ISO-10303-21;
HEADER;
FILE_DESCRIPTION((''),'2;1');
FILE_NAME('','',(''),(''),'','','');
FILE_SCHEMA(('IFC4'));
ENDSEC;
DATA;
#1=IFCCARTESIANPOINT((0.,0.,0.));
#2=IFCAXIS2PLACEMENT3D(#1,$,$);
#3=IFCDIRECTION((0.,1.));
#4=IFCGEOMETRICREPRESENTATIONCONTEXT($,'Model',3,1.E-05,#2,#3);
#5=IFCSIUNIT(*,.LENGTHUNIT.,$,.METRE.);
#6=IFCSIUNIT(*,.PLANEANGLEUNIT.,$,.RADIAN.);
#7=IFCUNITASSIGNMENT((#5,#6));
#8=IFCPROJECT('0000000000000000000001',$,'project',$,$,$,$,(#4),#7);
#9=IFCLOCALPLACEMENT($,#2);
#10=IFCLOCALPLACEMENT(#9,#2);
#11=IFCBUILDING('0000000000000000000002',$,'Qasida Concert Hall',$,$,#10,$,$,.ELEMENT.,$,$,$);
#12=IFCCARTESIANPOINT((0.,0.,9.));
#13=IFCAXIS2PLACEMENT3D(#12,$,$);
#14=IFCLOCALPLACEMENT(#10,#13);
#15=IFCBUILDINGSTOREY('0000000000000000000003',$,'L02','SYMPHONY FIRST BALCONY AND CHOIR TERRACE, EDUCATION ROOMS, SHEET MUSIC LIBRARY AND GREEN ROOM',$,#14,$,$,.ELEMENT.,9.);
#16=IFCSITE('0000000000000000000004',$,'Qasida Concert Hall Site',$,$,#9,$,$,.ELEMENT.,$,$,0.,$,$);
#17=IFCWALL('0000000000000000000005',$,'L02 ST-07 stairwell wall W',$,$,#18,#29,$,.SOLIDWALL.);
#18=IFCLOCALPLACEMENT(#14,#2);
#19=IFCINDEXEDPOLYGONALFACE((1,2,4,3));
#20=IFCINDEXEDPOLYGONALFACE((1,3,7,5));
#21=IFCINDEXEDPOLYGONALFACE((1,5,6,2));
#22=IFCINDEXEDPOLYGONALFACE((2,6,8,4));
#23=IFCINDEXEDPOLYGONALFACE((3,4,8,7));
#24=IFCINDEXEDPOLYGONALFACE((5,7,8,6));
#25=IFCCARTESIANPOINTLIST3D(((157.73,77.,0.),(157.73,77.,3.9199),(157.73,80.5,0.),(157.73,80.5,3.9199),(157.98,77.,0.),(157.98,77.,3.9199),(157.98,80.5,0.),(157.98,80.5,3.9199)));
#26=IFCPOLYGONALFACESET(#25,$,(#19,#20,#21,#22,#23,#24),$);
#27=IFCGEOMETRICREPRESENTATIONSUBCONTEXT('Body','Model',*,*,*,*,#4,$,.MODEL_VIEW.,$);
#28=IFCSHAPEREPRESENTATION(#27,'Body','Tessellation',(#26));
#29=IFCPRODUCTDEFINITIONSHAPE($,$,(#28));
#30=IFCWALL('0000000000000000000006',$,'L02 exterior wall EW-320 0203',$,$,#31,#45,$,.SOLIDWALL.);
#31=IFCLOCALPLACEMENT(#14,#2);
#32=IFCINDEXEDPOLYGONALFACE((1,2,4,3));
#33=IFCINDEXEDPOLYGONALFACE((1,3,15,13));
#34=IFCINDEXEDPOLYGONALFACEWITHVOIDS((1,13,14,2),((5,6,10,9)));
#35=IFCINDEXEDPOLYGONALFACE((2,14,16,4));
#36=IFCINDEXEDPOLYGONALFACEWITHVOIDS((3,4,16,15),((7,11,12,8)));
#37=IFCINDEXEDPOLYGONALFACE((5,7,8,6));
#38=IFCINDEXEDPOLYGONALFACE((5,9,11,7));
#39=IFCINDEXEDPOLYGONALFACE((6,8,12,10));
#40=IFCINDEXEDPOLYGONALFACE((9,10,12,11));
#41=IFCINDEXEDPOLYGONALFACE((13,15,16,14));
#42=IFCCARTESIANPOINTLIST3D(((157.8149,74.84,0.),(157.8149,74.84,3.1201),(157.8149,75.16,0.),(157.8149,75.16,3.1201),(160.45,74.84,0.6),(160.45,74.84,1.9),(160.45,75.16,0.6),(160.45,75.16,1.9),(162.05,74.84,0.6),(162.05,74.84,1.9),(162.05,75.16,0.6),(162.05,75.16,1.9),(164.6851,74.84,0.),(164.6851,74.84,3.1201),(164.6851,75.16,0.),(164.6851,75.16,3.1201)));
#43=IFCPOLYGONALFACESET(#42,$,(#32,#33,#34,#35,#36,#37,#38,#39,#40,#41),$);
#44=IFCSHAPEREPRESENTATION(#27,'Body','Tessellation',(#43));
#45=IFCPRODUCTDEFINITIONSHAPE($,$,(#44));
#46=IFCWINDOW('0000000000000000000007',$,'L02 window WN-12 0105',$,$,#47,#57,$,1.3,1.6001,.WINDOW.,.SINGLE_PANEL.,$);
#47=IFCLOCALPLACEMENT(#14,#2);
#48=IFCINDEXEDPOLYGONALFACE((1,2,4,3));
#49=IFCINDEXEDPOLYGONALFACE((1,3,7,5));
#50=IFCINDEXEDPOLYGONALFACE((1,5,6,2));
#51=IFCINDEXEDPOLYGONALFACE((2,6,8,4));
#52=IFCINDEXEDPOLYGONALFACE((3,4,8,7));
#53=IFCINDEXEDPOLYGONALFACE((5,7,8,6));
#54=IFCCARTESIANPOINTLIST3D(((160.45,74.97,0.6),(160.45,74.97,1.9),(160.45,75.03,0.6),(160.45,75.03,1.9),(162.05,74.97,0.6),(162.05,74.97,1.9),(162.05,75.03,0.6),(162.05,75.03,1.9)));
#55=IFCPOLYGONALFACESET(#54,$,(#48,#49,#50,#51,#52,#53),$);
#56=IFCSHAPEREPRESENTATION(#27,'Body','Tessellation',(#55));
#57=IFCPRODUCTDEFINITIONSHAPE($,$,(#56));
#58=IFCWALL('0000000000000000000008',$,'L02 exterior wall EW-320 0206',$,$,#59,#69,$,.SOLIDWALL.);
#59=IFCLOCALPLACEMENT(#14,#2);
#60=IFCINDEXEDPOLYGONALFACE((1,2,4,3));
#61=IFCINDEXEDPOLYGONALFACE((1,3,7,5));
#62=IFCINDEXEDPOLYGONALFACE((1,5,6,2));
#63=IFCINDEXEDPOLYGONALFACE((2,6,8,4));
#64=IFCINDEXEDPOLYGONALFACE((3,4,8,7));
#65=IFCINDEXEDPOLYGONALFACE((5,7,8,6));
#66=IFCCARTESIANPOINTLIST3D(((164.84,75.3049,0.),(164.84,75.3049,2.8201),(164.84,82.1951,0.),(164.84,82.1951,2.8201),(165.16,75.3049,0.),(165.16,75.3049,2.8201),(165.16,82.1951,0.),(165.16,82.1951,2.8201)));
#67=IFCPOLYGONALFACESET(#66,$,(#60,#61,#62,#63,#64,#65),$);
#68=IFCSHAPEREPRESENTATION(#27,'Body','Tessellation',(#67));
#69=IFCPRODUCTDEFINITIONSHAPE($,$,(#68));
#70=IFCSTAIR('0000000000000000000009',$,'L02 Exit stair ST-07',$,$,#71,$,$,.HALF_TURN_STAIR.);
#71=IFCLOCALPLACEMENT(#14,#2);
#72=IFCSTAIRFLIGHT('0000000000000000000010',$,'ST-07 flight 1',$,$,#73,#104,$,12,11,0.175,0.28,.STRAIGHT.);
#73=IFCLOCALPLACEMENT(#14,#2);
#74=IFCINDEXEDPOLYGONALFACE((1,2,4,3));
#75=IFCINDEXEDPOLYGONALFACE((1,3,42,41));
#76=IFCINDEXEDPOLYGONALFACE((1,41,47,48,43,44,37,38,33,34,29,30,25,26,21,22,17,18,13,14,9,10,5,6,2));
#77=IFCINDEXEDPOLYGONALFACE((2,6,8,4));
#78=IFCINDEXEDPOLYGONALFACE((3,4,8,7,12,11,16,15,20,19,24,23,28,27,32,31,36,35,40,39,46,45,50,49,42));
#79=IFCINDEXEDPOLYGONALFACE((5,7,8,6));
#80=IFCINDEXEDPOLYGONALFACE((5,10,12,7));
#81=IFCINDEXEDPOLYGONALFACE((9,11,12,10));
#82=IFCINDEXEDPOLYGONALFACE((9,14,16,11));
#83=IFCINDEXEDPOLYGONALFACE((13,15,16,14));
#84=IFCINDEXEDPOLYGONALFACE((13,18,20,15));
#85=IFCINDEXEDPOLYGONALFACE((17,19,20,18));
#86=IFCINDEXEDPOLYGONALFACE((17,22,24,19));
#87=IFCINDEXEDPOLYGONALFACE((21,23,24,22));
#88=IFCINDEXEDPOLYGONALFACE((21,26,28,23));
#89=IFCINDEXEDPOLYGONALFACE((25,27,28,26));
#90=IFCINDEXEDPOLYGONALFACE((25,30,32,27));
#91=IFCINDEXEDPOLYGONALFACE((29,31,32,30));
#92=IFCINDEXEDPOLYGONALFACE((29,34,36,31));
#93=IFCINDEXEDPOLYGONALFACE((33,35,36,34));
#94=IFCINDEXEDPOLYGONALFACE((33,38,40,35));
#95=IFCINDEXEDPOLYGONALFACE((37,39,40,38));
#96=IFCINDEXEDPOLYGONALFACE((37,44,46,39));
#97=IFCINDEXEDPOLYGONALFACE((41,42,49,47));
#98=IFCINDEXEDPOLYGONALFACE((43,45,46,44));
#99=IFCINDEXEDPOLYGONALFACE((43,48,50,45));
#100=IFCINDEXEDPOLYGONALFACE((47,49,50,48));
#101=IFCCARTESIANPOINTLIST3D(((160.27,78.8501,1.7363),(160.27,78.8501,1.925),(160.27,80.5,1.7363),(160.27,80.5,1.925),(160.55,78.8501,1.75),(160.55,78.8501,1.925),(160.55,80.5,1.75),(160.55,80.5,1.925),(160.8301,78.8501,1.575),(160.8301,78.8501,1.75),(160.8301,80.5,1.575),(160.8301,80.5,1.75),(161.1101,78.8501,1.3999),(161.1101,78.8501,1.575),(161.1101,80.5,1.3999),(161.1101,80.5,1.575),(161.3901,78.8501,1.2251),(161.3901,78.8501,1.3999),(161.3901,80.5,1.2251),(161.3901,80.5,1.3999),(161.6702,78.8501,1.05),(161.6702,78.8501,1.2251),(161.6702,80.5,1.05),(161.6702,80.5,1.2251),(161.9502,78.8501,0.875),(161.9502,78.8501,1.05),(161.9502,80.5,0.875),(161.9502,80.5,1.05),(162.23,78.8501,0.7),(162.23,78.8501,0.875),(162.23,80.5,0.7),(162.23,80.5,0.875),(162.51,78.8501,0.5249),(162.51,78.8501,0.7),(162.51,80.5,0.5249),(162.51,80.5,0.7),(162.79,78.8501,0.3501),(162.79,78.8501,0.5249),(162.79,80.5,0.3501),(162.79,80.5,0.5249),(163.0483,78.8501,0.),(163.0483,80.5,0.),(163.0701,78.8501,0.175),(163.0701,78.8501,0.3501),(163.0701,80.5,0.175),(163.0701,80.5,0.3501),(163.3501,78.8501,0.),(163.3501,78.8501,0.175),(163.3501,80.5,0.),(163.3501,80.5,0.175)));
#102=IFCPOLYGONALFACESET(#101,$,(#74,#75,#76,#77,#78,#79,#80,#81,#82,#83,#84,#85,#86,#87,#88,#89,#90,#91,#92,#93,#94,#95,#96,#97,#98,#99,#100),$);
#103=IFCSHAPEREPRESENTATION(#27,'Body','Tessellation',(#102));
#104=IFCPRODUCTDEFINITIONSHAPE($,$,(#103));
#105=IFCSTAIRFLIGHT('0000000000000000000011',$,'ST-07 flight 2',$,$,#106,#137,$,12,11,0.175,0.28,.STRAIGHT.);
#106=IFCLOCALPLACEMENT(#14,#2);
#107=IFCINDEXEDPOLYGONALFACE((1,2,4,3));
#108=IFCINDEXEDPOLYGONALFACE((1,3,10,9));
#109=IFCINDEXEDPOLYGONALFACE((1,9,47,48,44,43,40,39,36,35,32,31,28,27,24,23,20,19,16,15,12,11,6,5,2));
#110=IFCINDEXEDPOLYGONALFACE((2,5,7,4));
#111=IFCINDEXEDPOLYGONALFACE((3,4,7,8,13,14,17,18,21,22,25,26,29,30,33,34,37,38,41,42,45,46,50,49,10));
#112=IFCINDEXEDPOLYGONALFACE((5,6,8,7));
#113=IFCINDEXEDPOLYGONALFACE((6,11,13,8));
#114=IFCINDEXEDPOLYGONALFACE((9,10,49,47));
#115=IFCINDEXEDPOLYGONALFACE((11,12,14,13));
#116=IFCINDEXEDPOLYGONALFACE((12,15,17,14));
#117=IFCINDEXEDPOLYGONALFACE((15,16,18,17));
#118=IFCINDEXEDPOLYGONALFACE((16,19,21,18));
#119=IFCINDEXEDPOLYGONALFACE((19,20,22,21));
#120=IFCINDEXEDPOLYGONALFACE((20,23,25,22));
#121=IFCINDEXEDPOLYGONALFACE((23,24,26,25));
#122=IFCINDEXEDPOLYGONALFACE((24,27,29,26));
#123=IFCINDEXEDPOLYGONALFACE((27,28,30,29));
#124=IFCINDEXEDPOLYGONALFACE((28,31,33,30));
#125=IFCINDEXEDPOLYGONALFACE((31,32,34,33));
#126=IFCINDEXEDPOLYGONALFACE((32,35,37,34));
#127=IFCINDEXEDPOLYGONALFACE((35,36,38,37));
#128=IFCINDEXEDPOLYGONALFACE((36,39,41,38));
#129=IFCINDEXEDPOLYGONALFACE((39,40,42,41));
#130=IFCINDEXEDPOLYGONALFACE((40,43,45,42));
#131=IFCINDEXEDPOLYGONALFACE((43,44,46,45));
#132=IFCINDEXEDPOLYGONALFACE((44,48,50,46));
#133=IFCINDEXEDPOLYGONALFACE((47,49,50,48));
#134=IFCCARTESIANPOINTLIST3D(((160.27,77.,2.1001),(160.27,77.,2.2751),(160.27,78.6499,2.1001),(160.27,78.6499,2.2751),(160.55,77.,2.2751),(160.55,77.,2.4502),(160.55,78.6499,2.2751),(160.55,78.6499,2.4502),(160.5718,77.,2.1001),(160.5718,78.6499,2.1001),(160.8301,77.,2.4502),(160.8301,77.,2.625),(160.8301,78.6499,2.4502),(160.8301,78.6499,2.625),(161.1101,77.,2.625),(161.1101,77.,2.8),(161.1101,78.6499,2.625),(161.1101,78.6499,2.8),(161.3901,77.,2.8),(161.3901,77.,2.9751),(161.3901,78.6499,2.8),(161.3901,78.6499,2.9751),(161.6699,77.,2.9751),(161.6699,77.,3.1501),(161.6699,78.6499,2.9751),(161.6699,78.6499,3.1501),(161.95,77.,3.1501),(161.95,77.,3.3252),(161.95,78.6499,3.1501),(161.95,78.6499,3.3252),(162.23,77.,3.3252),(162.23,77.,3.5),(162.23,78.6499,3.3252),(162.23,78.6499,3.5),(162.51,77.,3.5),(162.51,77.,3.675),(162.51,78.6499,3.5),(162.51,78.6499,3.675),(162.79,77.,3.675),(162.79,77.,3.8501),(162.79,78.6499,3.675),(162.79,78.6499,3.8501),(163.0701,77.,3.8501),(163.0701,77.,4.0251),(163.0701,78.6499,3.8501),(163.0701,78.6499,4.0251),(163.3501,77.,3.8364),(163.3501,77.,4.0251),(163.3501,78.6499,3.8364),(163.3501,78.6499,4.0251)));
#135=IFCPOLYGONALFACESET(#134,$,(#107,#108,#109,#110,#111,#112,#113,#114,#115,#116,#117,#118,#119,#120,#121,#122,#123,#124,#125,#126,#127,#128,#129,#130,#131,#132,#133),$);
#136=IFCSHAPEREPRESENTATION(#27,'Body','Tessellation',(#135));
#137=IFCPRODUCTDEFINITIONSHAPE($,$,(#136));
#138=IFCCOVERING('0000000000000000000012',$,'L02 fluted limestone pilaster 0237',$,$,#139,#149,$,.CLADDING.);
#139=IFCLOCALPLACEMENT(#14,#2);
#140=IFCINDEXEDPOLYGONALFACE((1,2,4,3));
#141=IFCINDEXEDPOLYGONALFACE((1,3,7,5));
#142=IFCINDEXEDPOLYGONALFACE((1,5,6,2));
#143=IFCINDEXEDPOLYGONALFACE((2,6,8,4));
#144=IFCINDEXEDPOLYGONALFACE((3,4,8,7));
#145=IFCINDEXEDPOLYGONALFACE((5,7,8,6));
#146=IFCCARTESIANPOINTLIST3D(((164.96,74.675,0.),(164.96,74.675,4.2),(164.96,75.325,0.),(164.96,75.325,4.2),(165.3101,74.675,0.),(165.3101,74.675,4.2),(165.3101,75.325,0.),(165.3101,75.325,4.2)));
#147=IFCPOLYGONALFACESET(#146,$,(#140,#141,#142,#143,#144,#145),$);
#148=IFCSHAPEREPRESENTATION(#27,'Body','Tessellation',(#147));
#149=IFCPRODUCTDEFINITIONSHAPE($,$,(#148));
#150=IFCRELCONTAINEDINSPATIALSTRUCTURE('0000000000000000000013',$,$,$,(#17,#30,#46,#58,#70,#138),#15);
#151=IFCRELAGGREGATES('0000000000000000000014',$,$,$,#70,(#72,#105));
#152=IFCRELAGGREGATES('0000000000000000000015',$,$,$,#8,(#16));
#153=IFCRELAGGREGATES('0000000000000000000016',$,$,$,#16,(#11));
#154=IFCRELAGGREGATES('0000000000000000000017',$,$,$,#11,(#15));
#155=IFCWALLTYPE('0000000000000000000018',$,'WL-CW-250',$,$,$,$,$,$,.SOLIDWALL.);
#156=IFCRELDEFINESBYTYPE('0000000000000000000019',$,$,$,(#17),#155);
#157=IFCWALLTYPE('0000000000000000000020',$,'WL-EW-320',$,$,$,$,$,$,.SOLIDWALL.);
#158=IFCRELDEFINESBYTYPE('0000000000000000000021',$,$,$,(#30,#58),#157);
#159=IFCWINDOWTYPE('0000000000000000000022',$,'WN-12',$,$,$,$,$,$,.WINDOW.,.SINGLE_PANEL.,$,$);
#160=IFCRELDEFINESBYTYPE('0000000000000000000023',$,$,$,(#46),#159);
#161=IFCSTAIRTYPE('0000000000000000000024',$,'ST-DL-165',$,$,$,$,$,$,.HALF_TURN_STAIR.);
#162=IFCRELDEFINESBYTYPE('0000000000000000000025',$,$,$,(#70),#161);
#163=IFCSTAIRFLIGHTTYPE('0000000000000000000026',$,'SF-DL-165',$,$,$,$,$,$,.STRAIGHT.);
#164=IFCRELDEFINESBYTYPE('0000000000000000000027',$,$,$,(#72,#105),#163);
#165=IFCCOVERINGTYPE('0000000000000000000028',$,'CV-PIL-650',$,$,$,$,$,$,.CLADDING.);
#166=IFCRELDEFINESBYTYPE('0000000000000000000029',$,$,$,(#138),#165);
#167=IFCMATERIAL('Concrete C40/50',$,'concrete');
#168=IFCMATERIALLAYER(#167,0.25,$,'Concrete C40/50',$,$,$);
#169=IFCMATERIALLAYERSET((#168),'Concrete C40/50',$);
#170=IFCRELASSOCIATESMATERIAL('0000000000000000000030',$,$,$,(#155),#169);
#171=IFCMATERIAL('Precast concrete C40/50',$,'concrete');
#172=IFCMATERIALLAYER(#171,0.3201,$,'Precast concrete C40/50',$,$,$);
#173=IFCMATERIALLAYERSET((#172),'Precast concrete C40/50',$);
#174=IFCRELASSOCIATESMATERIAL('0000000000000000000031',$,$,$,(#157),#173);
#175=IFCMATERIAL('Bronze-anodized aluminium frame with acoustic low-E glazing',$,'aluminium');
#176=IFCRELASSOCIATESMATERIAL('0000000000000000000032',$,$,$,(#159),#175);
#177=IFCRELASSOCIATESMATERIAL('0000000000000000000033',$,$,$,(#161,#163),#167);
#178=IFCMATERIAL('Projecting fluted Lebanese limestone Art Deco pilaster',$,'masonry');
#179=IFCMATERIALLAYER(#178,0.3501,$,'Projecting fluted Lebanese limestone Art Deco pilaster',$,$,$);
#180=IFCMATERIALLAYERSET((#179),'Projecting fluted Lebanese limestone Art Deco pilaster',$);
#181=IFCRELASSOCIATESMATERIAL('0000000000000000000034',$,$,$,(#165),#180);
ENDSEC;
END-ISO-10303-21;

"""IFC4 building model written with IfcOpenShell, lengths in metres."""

from ifc_helpers import new_model, si_unit, direction, frame, frame_2d, origin, origin_2d, place, context, subcontext, project, spatial, polyline, rectangle, outline, extrude, material, layer, layer_set, type_object, element, fill, aggregate, save


model = new_model("IFC4")

# Units and contexts
model_context = context("Model", 3, precision=1e-05, world=origin(), true_north=direction((0.0, 1.0)))
body_context = subcontext(model_context, "Body", "Model", "MODEL_VIEW")
ifc_project = project(units=[si_unit("LENGTHUNIT", "METRE"), si_unit("PLANEANGLEUNIT", "RADIAN")], contexts=[model_context])

# Site, building, storey
site_placement = place(None, origin())
site = spatial("IfcSite", under=ifc_project, at=site_placement, Name="Qasida Concert Hall Site", CompositionType="ELEMENT", RefElevation=0.0)
building_placement = place(site_placement, origin())
building = spatial("IfcBuilding", under=site, at=building_placement, Name="Qasida Concert Hall", CompositionType="ELEMENT")
storey_placement = place(building_placement, frame((0.0, 0.0, 9.0)))
storey = spatial("IfcBuildingStorey", under=building, at=storey_placement, Name="L02", Description="SYMPHONY FIRST BALCONY AND CHOIR TERRACE, EDUCATION ROOMS, SHEET MUSIC LIBRARY AND GREEN ROOM", CompositionType="ELEMENT", Elevation=9.0)

# Shared definitions
ifc_material_1 = material(Name="Concrete C40/50", Category="concrete")

# Wall
ifc_layer_1 = layer(ifc_material_1, 0.25, Name="Concrete C40/50")
ifc_layer_set_1 = layer_set([ifc_layer_1], Name="Concrete C40/50")
wall_type_1 = type_object("IfcWallType", Name="WL-CW-250", PredefinedType="SOLIDWALL", material=ifc_layer_set_1)
wall_1_placement = place(storey_placement, frame((157.855, 77.0, 0.0), z_axis=(0.0, 0.0, 1.0), x_axis=(0.0, 1.0, 0.0)))
element("IfcWall", 1, at=wall_1_placement, inside=storey, type_object=wall_type_1, Name="L02 ST-07 stairwell wall W", PredefinedType="SOLIDWALL", context=body_context, shape_type="SweptSolid", body=[
    extrude(rectangle(XDim=3.5, YDim=0.25, at=frame_2d((1.75, 0.0))), origin(), (0.0, 0.0, 1.0), 3.9199),
])

# Wall, opening, window
ifc_material_2 = material(Name="Precast concrete C40/50", Category="concrete")
ifc_layer_2 = layer(ifc_material_2, 0.3201, Name="Precast concrete C40/50")
ifc_layer_set_2 = layer_set([ifc_layer_2], Name="Precast concrete C40/50")
wall_type_2 = type_object("IfcWallType", Name="WL-EW-320", PredefinedType="SOLIDWALL", material=ifc_layer_set_2)
wall_2_placement = place(storey_placement, frame((157.8149, 75.0, 0.0), z_axis=(0.0, 0.0, 1.0), x_axis=(1.0, 0.0, 0.0)))
wall_2 = element("IfcWall", 2, at=wall_2_placement, inside=storey, type_object=wall_type_2, Name="L02 exterior wall EW-320 0203", PredefinedType="SOLIDWALL", context=body_context, shape_type="SweptSolid", body=[
    extrude(rectangle(XDim=6.8701, YDim=0.3201, at=frame_2d((3.4351, 0.0))), origin(), (0.0, 0.0, 1.0), 3.1201),
])
opening_placement = place(wall_2_placement, frame((2.635, 0.0, 0.6001)))
opening = element("IfcOpeningElement", 3, at=opening_placement, cuts=wall_2, PredefinedType="OPENING", context=body_context, shape_type="SweptSolid", body=[
    extrude(rectangle(XDim=1.6001, YDim=1.3, at=frame_2d((0.8, 0.6499))), frame((0.0, 0.1699, 0.0), z_axis=(0.0, -1.0, 0.0), x_axis=(1.0, 0.0, 0.0)), (0.0, 0.0, 1.0), 0.3401),
])
ifc_material_3 = material(Name="Bronze-anodized aluminium frame with acoustic low-E glazing", Category="aluminium")
window_type = type_object("IfcWindowType", Name="WN-12", PartitioningType="SINGLE_PANEL", PredefinedType="WINDOW", material=ifc_material_3)
window_placement = place(opening_placement, origin())
window = element("IfcWindow", 4, at=window_placement, inside=storey, type_object=window_type, Name="L02 window WN-12 0105", OverallHeight=1.3, OverallWidth=1.6001, PartitioningType="SINGLE_PANEL", PredefinedType="WINDOW", context=body_context, shape_type="SweptSolid", body=[
    extrude(rectangle(XDim=1.6001, YDim=1.3, at=frame_2d((0.8, 0.6499))), frame((0.0, 0.03, 0.0), z_axis=(0.0, -1.0, 0.0), x_axis=(1.0, 0.0, 0.0)), (0.0, 0.0, 1.0), 0.0601),
])
fill(opening, window)

# Wall
wall_3_placement = place(storey_placement, frame((165.0, 75.3049, 0.0), z_axis=(0.0, 0.0, 1.0), x_axis=(0.0, 1.0, 0.0)))
element("IfcWall", 5, at=wall_3_placement, inside=storey, type_object=wall_type_2, Name="L02 exterior wall EW-320 0206", PredefinedType="SOLIDWALL", context=body_context, shape_type="SweptSolid", body=[
    extrude(rectangle(XDim=6.8901, YDim=0.3201, at=frame_2d((3.4451, 0.0))), origin(), (0.0, 0.0, 1.0), 2.8201),
])

# Stair, stair flights
stair_type = type_object("IfcStairType", Name="ST-DL-165", PredefinedType="HALF_TURN_STAIR", material=ifc_material_1)
stair_placement = place(storey_placement, origin())
stair = element("IfcStair", 6, at=stair_placement, inside=storey, type_object=stair_type, Name="L02 Exit stair ST-07", PredefinedType="HALF_TURN_STAIR")
stair_flight_type = type_object("IfcStairFlightType", Name="SF-DL-165", PredefinedType="STRAIGHT", material=ifc_material_1)
stair_flight_1_placement = place(storey_placement, frame((163.3501, 79.675, 0.0), z_axis=(0.0, 0.0, 1.0), x_axis=(-1.0, 0.0, 0.0)))
stair_flight_1 = element("IfcStairFlight", 7, at=stair_flight_1_placement, type_object=stair_flight_type, Name="ST-07 flight 1", NumberOfRisers=12, NumberOfTreads=11, PredefinedType="STRAIGHT", RiserHeight=0.175, TreadLength=0.28, context=body_context, shape_type="SweptSolid", body=[
    extrude(outline(polyline([(0.0, 0.0), (0.0, 0.175), (0.28, 0.175), (0.28, 0.3501), (0.5601, 0.3501), (0.5601, 0.5249), (0.8401, 0.5249), (0.8401, 0.7), (1.1201, 0.7), (1.1201, 0.875), (1.3999, 0.875), (1.3999, 1.05), (1.6799, 1.05), (1.6799, 1.2251), (1.96, 1.2251), (1.96, 1.3999), (2.24, 1.3999), (2.24, 1.575), (2.52, 1.575), (2.52, 1.75), (2.8, 1.75), (2.8, 1.925), (3.0801, 1.925), (3.0801, 2.1001), (3.0801, 1.7363), (0.3018, 0.0), (0.0, 0.0)])), frame((0.0, 0.825, 0.0), z_axis=(0.0, -1.0, 0.0), x_axis=(1.0, 0.0, 0.0)), (0.0, 0.0, 1.0), 1.6499),
])
stair_flight_2_placement = place(storey_placement, frame((160.27, 77.825, 2.1001), z_axis=(0.0, 0.0, 1.0), x_axis=(1.0, 0.0, 0.0)))
stair_flight_2 = element("IfcStairFlight", 8, at=stair_flight_2_placement, type_object=stair_flight_type, Name="ST-07 flight 2", NumberOfRisers=12, NumberOfTreads=11, PredefinedType="STRAIGHT", RiserHeight=0.175, TreadLength=0.28, context=body_context, shape_type="SweptSolid", body=[
    extrude(outline(polyline([(0.0, 0.0), (0.0, 0.175), (0.28, 0.175), (0.28, 0.3501), (0.5601, 0.3501), (0.5601, 0.5249), (0.8401, 0.5249), (0.8401, 0.7), (1.1201, 0.7), (1.1201, 0.875), (1.3999, 0.875), (1.3999, 1.05), (1.6799, 1.05), (1.6799, 1.2251), (1.96, 1.2251), (1.96, 1.3999), (2.24, 1.3999), (2.24, 1.575), (2.52, 1.575), (2.52, 1.75), (2.8, 1.75), (2.8, 1.925), (3.0801, 1.925), (3.0801, 2.1001), (3.0801, 1.7363), (0.3018, 0.0), (0.0, 0.0)])), frame((0.0, 0.825, 0.0), z_axis=(0.0, -1.0, 0.0), x_axis=(1.0, 0.0, 0.0)), (0.0, 0.0, 1.0), 1.6499),
])
aggregate(stair, [stair_flight_1, stair_flight_2])

# Covering
ifc_material_4 = material(Name="Projecting fluted Lebanese limestone Art Deco pilaster", Category="masonry")
ifc_layer_3 = layer(ifc_material_4, 0.3501, Name="Projecting fluted Lebanese limestone Art Deco pilaster")
ifc_layer_set_3 = layer_set([ifc_layer_3], Name="Projecting fluted Lebanese limestone Art Deco pilaster")
covering_type = type_object("IfcCoveringType", Name="CV-PIL-650", PredefinedType="CLADDING", material=ifc_layer_set_3)
covering_placement = place(storey_placement, frame((165.135, 75.0, 0.0), z_axis=(0.0, 0.0, 1.0), x_axis=(1.0, 0.0, 0.0)))
element("IfcCovering", 9, at=covering_placement, inside=storey, type_object=covering_type, Name="L02 fluted limestone pilaster 0237", PredefinedType="CLADDING", context=body_context, shape_type="SweptSolid", body=[
    extrude(rectangle(XDim=0.3501, YDim=0.6499, at=origin_2d()), origin(), (0.0, 0.0, 1.0), 4.2),
])

save(model, "model.ifc")
